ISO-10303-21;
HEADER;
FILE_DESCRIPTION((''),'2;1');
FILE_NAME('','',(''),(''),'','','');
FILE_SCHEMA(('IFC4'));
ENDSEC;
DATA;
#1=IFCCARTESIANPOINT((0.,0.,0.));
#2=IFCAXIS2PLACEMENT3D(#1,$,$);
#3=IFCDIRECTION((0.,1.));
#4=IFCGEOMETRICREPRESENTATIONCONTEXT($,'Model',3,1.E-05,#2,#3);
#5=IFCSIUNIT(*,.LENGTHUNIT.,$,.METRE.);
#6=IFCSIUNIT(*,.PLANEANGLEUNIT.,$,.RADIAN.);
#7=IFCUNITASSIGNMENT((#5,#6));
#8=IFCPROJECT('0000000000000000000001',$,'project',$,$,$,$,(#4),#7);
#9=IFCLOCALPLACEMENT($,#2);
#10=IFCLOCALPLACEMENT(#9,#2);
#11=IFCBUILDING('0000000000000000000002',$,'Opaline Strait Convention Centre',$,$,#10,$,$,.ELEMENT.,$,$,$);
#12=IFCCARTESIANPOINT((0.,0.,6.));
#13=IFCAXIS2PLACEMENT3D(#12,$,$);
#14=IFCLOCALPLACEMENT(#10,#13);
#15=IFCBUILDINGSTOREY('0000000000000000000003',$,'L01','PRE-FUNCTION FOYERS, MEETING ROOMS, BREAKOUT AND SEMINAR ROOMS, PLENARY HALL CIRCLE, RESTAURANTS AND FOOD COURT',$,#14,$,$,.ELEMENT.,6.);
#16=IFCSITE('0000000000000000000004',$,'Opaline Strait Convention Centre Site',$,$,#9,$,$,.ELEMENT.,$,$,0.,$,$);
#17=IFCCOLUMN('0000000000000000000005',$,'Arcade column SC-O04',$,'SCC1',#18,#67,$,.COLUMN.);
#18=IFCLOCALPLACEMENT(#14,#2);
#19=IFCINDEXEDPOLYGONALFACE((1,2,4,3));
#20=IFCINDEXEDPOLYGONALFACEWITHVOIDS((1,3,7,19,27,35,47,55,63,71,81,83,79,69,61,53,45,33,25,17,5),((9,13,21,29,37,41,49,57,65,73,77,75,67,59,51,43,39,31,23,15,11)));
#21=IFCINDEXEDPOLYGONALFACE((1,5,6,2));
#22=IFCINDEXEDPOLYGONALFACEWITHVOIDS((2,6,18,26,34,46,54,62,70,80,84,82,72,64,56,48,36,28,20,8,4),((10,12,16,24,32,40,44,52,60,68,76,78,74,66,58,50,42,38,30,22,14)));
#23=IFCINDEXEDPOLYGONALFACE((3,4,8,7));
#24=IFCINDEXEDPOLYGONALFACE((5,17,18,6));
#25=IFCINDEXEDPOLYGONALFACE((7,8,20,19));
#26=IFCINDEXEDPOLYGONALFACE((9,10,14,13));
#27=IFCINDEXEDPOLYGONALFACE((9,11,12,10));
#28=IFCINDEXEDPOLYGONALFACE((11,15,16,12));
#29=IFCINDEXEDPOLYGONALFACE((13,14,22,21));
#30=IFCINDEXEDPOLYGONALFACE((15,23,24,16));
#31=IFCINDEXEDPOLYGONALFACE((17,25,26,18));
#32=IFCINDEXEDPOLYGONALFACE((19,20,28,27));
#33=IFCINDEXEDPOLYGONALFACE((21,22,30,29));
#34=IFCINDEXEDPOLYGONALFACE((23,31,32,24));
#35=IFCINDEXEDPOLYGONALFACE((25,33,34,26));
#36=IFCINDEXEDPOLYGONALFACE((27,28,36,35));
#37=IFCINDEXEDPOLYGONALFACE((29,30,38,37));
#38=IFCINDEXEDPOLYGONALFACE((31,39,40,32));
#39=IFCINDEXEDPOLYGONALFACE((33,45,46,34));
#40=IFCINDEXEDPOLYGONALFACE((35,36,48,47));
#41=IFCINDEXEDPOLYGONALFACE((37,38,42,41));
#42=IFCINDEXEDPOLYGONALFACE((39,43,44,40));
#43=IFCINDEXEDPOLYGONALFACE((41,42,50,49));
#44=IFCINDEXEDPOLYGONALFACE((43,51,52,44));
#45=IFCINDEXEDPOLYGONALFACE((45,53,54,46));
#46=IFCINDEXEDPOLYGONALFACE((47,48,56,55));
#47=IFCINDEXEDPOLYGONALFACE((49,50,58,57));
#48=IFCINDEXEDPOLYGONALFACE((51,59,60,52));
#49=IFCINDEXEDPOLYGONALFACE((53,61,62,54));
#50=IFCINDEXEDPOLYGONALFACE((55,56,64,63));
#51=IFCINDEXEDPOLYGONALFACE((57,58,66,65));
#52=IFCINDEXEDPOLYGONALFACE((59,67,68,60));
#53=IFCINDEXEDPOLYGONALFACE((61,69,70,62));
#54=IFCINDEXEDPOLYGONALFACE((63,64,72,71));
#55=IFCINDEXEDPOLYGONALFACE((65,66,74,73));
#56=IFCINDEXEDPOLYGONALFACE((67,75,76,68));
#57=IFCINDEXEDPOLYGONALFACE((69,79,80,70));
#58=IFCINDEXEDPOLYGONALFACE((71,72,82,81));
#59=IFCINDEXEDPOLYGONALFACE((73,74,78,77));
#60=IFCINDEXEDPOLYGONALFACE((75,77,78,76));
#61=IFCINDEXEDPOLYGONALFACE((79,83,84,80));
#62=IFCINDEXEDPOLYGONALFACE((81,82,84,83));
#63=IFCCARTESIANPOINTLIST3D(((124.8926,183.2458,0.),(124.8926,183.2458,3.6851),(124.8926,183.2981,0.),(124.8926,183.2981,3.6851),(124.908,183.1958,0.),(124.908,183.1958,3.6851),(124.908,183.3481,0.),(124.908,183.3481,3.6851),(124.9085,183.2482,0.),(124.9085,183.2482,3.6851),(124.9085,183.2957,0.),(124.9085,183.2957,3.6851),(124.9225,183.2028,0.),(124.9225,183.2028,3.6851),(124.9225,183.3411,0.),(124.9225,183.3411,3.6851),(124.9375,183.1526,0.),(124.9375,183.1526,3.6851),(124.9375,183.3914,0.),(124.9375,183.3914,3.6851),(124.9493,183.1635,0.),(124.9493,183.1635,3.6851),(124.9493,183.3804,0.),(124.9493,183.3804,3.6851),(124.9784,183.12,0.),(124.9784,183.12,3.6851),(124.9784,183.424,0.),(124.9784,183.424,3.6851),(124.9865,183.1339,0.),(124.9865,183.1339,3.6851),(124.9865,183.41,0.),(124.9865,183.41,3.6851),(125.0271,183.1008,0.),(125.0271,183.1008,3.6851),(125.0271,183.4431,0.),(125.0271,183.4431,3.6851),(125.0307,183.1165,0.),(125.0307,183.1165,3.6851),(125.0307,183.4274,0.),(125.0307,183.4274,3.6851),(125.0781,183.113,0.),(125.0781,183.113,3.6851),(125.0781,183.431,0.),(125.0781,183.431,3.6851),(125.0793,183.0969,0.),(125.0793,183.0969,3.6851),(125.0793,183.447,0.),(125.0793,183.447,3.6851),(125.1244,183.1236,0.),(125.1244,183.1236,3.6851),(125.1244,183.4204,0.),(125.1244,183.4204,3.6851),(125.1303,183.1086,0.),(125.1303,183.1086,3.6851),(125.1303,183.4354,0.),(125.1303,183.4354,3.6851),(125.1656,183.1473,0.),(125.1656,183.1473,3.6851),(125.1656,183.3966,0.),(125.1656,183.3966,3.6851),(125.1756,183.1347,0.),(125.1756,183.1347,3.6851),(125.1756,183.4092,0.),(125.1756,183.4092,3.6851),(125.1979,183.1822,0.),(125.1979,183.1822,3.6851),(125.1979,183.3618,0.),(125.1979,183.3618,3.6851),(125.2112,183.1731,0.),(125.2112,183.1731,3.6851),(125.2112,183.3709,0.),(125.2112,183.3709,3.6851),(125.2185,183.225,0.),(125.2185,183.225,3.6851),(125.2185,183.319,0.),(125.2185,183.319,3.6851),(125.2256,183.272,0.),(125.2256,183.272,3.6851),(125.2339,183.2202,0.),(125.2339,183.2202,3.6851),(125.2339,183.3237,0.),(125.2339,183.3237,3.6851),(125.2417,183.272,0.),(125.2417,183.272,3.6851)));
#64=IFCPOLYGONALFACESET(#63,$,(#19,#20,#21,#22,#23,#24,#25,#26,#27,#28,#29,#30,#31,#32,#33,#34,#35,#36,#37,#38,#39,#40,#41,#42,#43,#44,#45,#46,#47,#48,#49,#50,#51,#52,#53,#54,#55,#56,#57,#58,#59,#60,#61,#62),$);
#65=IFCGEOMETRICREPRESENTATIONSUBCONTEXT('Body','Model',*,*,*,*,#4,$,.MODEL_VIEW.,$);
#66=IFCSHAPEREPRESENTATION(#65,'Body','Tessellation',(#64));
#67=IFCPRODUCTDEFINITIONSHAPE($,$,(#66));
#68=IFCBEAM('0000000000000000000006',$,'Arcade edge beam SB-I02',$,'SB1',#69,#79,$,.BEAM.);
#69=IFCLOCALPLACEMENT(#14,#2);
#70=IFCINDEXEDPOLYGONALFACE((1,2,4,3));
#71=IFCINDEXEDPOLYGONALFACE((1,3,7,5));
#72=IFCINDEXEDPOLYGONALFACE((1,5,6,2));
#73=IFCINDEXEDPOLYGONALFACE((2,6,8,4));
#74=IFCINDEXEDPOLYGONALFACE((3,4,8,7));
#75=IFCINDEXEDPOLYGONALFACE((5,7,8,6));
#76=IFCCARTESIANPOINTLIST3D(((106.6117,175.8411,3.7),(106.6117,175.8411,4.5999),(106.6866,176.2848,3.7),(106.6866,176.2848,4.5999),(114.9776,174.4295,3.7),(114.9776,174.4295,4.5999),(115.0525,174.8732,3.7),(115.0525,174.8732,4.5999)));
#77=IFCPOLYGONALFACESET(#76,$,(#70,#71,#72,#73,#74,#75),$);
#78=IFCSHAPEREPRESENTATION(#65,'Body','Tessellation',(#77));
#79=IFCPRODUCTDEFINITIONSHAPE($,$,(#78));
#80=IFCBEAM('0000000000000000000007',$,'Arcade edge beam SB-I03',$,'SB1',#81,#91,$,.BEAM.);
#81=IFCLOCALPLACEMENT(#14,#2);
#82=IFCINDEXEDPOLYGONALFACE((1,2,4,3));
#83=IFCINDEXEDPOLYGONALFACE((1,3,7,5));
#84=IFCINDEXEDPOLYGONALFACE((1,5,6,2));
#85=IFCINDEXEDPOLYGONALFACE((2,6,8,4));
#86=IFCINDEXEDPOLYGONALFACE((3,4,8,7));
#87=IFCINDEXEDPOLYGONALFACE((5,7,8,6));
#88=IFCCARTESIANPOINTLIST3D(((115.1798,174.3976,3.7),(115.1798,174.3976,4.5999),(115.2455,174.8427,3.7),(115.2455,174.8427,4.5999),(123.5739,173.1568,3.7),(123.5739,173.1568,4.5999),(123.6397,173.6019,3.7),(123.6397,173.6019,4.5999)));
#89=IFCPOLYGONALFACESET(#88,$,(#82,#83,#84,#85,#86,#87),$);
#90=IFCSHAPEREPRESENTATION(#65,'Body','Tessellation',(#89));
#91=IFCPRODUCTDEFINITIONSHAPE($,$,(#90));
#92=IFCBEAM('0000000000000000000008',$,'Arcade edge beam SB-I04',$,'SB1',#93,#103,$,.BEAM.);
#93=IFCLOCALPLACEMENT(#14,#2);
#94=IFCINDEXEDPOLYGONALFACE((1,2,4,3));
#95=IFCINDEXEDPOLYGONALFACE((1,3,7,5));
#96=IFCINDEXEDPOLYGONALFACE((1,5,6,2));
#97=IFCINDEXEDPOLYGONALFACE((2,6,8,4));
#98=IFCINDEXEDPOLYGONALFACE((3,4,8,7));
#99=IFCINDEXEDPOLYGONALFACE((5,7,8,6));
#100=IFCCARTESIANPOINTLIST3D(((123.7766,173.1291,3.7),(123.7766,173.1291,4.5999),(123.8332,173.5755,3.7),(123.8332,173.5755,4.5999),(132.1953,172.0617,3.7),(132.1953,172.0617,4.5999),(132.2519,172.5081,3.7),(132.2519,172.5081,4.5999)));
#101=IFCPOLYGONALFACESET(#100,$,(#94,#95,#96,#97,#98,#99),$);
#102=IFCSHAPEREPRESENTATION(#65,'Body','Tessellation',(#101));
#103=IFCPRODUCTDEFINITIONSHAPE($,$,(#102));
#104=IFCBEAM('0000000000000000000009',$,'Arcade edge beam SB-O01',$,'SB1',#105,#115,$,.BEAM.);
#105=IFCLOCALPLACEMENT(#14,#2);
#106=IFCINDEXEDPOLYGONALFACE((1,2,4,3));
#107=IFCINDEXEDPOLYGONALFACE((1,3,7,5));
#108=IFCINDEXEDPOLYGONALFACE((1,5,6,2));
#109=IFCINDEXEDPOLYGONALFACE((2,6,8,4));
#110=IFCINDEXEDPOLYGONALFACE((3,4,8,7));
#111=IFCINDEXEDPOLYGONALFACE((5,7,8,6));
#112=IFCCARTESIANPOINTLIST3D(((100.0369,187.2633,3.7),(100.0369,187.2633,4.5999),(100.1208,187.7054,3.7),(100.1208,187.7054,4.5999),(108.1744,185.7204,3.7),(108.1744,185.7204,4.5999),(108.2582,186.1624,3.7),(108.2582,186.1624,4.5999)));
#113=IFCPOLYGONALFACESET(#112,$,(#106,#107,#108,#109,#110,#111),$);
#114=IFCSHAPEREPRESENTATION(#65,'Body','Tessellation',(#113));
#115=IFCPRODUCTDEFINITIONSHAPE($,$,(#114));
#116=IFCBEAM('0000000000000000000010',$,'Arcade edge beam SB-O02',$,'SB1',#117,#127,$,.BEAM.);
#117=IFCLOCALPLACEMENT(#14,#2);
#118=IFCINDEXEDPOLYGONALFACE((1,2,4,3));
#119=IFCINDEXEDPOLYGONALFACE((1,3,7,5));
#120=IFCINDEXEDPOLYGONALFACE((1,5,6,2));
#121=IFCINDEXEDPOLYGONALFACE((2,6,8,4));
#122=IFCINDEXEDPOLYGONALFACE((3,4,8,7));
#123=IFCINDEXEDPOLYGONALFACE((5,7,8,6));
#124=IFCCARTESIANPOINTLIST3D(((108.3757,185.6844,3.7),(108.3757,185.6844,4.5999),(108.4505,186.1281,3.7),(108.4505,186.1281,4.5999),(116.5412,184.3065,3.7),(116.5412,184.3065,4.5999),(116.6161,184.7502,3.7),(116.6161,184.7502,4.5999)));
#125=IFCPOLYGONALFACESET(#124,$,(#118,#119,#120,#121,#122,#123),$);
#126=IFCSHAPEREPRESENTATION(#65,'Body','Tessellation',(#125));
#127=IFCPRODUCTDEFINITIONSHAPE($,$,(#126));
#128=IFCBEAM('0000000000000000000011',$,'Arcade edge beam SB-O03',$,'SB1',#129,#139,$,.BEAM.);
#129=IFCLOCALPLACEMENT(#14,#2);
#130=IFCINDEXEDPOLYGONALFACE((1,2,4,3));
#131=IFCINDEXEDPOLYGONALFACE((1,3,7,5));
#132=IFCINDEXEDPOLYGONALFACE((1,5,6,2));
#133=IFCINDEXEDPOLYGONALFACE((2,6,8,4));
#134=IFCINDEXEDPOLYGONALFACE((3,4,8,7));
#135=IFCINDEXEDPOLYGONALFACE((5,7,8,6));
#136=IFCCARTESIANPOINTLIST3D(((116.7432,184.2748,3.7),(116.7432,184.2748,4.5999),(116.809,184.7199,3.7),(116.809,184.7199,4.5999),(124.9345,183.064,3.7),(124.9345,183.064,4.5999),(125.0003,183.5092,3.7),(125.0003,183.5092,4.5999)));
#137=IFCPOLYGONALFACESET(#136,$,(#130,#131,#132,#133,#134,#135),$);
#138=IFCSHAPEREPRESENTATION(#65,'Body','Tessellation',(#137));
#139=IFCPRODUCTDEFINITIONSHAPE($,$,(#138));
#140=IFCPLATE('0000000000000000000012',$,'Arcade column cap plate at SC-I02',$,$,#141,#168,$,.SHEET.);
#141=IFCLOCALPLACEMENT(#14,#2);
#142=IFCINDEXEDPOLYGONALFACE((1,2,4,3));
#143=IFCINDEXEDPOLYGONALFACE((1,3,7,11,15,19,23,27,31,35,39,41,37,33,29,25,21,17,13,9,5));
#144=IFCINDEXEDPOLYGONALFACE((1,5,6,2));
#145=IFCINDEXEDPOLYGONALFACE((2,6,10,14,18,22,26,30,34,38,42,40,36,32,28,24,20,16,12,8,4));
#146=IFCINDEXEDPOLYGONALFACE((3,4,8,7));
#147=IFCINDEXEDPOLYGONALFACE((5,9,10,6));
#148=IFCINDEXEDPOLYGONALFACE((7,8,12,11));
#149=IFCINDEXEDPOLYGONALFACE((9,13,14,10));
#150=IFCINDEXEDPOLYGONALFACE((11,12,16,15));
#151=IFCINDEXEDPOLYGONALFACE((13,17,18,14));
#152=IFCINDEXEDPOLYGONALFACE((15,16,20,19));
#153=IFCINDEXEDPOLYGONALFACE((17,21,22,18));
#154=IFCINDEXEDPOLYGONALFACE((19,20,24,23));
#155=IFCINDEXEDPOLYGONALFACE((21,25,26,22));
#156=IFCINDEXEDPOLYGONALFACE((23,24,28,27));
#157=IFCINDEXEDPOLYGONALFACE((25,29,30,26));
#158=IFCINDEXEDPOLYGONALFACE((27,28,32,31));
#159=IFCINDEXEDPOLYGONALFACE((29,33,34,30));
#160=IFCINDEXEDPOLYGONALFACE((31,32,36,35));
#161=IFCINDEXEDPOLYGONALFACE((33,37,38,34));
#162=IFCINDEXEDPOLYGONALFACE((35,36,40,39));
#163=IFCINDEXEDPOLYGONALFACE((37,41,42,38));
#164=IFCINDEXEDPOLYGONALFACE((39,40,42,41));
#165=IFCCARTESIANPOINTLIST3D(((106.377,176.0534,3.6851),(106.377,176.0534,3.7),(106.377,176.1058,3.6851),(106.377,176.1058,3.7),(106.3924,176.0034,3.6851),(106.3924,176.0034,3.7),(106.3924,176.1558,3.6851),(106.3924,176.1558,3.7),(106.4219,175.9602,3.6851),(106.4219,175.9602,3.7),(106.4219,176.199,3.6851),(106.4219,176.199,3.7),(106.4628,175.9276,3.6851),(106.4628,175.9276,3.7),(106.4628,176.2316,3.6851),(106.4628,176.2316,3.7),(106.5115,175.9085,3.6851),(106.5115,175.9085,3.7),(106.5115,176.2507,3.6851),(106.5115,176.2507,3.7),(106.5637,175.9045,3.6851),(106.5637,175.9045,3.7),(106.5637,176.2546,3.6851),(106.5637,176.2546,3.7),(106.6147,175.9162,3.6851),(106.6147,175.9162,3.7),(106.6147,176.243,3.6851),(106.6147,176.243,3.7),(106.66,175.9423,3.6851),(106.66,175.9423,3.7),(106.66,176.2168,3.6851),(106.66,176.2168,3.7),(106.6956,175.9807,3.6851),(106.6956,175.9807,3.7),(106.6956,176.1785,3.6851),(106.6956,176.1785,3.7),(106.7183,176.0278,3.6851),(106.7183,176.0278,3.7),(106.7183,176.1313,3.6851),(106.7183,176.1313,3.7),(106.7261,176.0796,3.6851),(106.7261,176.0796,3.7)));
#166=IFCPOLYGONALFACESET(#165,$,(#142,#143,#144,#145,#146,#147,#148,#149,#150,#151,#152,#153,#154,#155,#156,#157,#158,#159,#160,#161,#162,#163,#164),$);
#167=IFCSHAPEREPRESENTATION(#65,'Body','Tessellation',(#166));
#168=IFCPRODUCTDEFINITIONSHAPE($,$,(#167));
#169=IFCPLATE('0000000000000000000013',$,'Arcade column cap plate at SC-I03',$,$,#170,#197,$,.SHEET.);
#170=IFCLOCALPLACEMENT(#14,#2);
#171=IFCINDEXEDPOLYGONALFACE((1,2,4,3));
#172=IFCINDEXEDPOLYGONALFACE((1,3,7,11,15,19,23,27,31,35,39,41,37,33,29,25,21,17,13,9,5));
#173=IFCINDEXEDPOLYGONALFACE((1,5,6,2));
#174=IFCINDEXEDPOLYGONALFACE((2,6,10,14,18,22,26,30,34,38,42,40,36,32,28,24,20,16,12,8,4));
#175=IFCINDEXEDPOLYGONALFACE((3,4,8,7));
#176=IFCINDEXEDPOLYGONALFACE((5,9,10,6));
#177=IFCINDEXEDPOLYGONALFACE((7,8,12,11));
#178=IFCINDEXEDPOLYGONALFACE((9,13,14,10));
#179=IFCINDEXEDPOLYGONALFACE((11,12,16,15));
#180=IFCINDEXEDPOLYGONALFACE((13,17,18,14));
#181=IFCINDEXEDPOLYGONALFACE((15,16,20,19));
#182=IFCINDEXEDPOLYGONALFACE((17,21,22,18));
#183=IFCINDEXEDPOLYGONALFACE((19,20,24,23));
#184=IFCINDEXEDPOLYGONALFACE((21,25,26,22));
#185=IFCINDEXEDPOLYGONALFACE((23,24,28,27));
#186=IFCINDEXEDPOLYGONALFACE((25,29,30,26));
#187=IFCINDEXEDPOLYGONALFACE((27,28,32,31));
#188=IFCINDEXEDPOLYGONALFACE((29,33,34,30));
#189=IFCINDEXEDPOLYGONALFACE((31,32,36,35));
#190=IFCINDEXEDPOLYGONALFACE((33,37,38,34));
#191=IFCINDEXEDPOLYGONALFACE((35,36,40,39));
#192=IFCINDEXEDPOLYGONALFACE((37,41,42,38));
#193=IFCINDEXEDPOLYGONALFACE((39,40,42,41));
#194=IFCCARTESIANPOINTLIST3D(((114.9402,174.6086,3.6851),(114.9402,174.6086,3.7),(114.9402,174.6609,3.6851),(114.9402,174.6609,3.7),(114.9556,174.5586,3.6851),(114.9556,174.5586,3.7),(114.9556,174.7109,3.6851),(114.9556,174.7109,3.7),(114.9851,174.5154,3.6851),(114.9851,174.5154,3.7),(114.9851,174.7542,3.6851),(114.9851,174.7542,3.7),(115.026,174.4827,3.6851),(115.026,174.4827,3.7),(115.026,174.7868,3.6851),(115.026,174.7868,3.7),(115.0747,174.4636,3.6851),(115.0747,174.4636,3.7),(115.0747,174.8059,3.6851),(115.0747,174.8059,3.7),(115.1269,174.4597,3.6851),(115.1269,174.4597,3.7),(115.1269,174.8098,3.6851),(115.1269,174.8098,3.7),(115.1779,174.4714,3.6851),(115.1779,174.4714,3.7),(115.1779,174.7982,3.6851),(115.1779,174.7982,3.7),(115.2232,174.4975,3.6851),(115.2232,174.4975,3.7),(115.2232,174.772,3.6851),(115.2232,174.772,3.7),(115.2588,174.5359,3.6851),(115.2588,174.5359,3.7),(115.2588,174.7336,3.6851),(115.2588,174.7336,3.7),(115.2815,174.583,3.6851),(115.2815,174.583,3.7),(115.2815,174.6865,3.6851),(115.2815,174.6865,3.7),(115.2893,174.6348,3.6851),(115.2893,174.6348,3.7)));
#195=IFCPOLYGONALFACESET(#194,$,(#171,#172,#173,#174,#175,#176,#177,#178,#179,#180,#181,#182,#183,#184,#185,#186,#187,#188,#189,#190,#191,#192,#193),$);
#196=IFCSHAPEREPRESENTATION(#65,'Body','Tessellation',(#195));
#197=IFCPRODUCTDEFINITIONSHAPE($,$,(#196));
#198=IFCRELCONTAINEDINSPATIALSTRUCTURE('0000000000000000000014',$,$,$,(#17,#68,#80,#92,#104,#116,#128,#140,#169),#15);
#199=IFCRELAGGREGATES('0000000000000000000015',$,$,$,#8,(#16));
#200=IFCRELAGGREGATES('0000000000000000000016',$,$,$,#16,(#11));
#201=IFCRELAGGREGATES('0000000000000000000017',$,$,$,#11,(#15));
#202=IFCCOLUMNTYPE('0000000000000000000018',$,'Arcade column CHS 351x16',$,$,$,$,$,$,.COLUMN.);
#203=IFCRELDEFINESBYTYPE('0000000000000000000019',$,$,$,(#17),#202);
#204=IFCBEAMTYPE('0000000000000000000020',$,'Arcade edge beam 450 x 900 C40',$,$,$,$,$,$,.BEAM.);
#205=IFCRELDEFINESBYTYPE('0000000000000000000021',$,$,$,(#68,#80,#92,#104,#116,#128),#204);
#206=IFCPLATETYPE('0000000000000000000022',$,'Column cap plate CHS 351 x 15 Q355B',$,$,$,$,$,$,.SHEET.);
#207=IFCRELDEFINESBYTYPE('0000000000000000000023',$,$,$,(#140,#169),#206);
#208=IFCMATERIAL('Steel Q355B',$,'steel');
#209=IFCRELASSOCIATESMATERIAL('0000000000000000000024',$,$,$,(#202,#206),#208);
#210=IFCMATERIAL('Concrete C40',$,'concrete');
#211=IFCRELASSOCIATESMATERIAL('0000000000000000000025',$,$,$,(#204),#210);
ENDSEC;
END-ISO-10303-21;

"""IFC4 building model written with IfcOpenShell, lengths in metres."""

from ifc_helpers import new_model, si_unit, direction, frame, origin, origin_2d, place, context, subcontext, project, spatial, rectangle, circle, hollow_circle, extrude, material, material_profile, profile_set, type_object, element, save


model = new_model("IFC4")

# Units and contexts
model_context = context("Model", 3, precision=1e-05, world=origin(), true_north=direction((0.0, 1.0)))
body_context = subcontext(model_context, "Body", "Model", "MODEL_VIEW")
ifc_project = project(units=[si_unit("LENGTHUNIT", "METRE"), si_unit("PLANEANGLEUNIT", "RADIAN")], contexts=[model_context])

# Site, building, storey
site_placement = place(None, origin())
site = spatial("IfcSite", under=ifc_project, at=site_placement, Name="Opaline Strait Convention Centre Site", CompositionType="ELEMENT", RefElevation=0.0)
building_placement = place(site_placement, origin())
building = spatial("IfcBuilding", under=site, at=building_placement, Name="Opaline Strait Convention Centre", CompositionType="ELEMENT")
storey_placement = place(building_placement, frame((0.0, 0.0, 6.0)))
storey = spatial("IfcBuildingStorey", under=building, at=storey_placement, Name="L01", Description="PRE-FUNCTION FOYERS, MEETING ROOMS, BREAKOUT AND SEMINAR ROOMS, PLENARY HALL CIRCLE, RESTAURANTS AND FOOD COURT", CompositionType="ELEMENT", Elevation=6.0)

# Column
ifc_material_1 = material(Name="Steel Q355B", Category="steel")
ifc_material_profile_1 = material_profile(ifc_material_1, hollow_circle(Radius=0.1755, WallThickness=0.0161, at=origin_2d()), Name="CHS 351x16")
ifc_profile_set_1 = profile_set([ifc_material_profile_1], Name="Steel Q355B")
column_type = type_object("IfcColumnType", Name="Arcade column CHS 351x16", PredefinedType="COLUMN", material=ifc_profile_set_1)
for number, where, z_axis, x_axis, name in (
    (1, (125.0662, 183.272, 0.0), (0.0, 0.0, 1.0), (1.0, 0.0, 0.0), "Arcade column SC-O04"),
):
    element("IfcColumn", number, at=place(storey_placement, frame(where, z_axis=z_axis, x_axis=x_axis)), inside=storey, type_object=column_type, Name=name, ObjectType="SCC1", PredefinedType="COLUMN", context=body_context, shape_type="SweptSolid", body=[
        extrude(hollow_circle(Radius=0.1755, WallThickness=0.0161, at=origin_2d()), origin(), (0.0, 0.0, 1.0), 3.6851),
    ])

# Beams
ifc_material_2 = material(Name="Concrete C40", Category="concrete")
ifc_material_profile_2 = material_profile(ifc_material_2, rectangle(XDim=0.45, YDim=0.8999, at=origin_2d()), Name="RC 450x900")
ifc_profile_set_2 = profile_set([ifc_material_profile_2], Name="Concrete C40")
beam_type = type_object("IfcBeamType", Name="Arcade edge beam 450 x 900 C40", PredefinedType="BEAM", material=ifc_profile_set_2)
beam_1_placement = place(storey_placement, frame((106.6492, 176.063, 4.1499), z_axis=(0.986061, -0.166382, 0.0), x_axis=(0.166382, 0.986061, 0.0)))
element("IfcBeam", 2, at=beam_1_placement, inside=storey, type_object=beam_type, Name="Arcade edge beam SB-I02", ObjectType="SB1", PredefinedType="BEAM", context=body_context, shape_type="SweptSolid", body=[
    extrude(rectangle(XDim=0.45, YDim=0.8999, at=origin_2d()), origin(), (0.0, 0.0, 1.0), 8.4841),
])
beam_2_placement = place(storey_placement, frame((115.2126, 174.6201, 4.1499), z_axis=(0.989252, -0.146221, 0.0), x_axis=(0.146221, 0.989252, 0.0)))
element("IfcBeam", 3, at=beam_2_placement, inside=storey, type_object=beam_type, Name="Arcade edge beam SB-I03", ObjectType="SB1", PredefinedType="BEAM", context=body_context, shape_type="SweptSolid", body=[
    extrude(rectangle(XDim=0.45, YDim=0.8999, at=origin_2d()), origin(), (0.0, 0.0, 1.0), 8.4854),
])
beam_3_placement = place(storey_placement, frame((123.8049, 173.3523, 4.1499), z_axis=(0.992058, -0.12578, 0.0), x_axis=(0.12578, 0.992058, 0.0)))
element("IfcBeam", 4, at=beam_3_placement, inside=storey, type_object=beam_type, Name="Arcade edge beam SB-I04", ObjectType="SB1", PredefinedType="BEAM", context=body_context, shape_type="SweptSolid", body=[
    extrude(rectangle(XDim=0.45, YDim=0.8999, at=origin_2d()), origin(), (0.0, 0.0, 1.0), 8.4861),
])
beam_4_placement = place(storey_placement, frame((100.0789, 187.4844, 4.1499), z_axis=(0.982494, -0.186294, 0.0), x_axis=(0.186294, 0.982494, 0.0)))
element("IfcBeam", 5, at=beam_4_placement, inside=storey, type_object=beam_type, Name="Arcade edge beam SB-O01", ObjectType="SB1", PredefinedType="BEAM", context=body_context, shape_type="SweptSolid", body=[
    extrude(rectangle(XDim=0.45, YDim=0.8999, at=origin_2d()), origin(), (0.0, 0.0, 1.0), 8.2825),
])
beam_5_placement = place(storey_placement, frame((108.4131, 185.9062, 4.1499), z_axis=(0.986059, -0.166397, 0.0), x_axis=(0.166397, 0.986059, 0.0)))
element("IfcBeam", 6, at=beam_5_placement, inside=storey, type_object=beam_type, Name="Arcade edge beam SB-O02", ObjectType="SB1", PredefinedType="BEAM", context=body_context, shape_type="SweptSolid", body=[
    extrude(rectangle(XDim=0.45, YDim=0.8999, at=origin_2d()), origin(), (0.0, 0.0, 1.0), 8.281),
])
beam_6_placement = place(storey_placement, frame((116.7761, 184.4973, 4.1499), z_axis=(0.989253, -0.146216, 0.0), x_axis=(0.146216, 0.989253, 0.0)))
element("IfcBeam", 7, at=beam_6_placement, inside=storey, type_object=beam_type, Name="Arcade edge beam SB-O03", ObjectType="SB1", PredefinedType="BEAM", context=body_context, shape_type="SweptSolid", body=[
    extrude(rectangle(XDim=0.45, YDim=0.8999, at=origin_2d()), origin(), (0.0, 0.0, 1.0), 8.2803),
])

# Plates
ifc_material_profile_3 = material_profile(ifc_material_1, circle(Radius=0.1755, at=origin_2d()), Name="D351")
ifc_profile_set_3 = profile_set([ifc_material_profile_3], Name="Steel Q355B")
plate_type = type_object("IfcPlateType", Name="Column cap plate CHS 351 x 15 Q355B", PredefinedType="SHEET", material=ifc_profile_set_3)
for number, where, z_axis, x_axis, name in (
    (8, (106.5505, 176.0796, 3.6851), (0.0, 0.0, 1.0), (1.0, 0.0, 0.0), "Arcade column cap plate at SC-I02"),
    (9, (115.1138, 174.6348, 3.6851), (0.0, 0.0, 1.0), (1.0, 0.0, 0.0), "Arcade column cap plate at SC-I03"),
):
    element("IfcPlate", number, at=place(storey_placement, frame(where, z_axis=z_axis, x_axis=x_axis)), inside=storey, type_object=plate_type, Name=name, PredefinedType="SHEET", context=body_context, shape_type="SweptSolid", body=[
        extrude(circle(Radius=0.1755, at=origin_2d()), origin(), (0.0, 0.0, 1.0), 0.0149),
    ])

save(model, "model.ifc")
